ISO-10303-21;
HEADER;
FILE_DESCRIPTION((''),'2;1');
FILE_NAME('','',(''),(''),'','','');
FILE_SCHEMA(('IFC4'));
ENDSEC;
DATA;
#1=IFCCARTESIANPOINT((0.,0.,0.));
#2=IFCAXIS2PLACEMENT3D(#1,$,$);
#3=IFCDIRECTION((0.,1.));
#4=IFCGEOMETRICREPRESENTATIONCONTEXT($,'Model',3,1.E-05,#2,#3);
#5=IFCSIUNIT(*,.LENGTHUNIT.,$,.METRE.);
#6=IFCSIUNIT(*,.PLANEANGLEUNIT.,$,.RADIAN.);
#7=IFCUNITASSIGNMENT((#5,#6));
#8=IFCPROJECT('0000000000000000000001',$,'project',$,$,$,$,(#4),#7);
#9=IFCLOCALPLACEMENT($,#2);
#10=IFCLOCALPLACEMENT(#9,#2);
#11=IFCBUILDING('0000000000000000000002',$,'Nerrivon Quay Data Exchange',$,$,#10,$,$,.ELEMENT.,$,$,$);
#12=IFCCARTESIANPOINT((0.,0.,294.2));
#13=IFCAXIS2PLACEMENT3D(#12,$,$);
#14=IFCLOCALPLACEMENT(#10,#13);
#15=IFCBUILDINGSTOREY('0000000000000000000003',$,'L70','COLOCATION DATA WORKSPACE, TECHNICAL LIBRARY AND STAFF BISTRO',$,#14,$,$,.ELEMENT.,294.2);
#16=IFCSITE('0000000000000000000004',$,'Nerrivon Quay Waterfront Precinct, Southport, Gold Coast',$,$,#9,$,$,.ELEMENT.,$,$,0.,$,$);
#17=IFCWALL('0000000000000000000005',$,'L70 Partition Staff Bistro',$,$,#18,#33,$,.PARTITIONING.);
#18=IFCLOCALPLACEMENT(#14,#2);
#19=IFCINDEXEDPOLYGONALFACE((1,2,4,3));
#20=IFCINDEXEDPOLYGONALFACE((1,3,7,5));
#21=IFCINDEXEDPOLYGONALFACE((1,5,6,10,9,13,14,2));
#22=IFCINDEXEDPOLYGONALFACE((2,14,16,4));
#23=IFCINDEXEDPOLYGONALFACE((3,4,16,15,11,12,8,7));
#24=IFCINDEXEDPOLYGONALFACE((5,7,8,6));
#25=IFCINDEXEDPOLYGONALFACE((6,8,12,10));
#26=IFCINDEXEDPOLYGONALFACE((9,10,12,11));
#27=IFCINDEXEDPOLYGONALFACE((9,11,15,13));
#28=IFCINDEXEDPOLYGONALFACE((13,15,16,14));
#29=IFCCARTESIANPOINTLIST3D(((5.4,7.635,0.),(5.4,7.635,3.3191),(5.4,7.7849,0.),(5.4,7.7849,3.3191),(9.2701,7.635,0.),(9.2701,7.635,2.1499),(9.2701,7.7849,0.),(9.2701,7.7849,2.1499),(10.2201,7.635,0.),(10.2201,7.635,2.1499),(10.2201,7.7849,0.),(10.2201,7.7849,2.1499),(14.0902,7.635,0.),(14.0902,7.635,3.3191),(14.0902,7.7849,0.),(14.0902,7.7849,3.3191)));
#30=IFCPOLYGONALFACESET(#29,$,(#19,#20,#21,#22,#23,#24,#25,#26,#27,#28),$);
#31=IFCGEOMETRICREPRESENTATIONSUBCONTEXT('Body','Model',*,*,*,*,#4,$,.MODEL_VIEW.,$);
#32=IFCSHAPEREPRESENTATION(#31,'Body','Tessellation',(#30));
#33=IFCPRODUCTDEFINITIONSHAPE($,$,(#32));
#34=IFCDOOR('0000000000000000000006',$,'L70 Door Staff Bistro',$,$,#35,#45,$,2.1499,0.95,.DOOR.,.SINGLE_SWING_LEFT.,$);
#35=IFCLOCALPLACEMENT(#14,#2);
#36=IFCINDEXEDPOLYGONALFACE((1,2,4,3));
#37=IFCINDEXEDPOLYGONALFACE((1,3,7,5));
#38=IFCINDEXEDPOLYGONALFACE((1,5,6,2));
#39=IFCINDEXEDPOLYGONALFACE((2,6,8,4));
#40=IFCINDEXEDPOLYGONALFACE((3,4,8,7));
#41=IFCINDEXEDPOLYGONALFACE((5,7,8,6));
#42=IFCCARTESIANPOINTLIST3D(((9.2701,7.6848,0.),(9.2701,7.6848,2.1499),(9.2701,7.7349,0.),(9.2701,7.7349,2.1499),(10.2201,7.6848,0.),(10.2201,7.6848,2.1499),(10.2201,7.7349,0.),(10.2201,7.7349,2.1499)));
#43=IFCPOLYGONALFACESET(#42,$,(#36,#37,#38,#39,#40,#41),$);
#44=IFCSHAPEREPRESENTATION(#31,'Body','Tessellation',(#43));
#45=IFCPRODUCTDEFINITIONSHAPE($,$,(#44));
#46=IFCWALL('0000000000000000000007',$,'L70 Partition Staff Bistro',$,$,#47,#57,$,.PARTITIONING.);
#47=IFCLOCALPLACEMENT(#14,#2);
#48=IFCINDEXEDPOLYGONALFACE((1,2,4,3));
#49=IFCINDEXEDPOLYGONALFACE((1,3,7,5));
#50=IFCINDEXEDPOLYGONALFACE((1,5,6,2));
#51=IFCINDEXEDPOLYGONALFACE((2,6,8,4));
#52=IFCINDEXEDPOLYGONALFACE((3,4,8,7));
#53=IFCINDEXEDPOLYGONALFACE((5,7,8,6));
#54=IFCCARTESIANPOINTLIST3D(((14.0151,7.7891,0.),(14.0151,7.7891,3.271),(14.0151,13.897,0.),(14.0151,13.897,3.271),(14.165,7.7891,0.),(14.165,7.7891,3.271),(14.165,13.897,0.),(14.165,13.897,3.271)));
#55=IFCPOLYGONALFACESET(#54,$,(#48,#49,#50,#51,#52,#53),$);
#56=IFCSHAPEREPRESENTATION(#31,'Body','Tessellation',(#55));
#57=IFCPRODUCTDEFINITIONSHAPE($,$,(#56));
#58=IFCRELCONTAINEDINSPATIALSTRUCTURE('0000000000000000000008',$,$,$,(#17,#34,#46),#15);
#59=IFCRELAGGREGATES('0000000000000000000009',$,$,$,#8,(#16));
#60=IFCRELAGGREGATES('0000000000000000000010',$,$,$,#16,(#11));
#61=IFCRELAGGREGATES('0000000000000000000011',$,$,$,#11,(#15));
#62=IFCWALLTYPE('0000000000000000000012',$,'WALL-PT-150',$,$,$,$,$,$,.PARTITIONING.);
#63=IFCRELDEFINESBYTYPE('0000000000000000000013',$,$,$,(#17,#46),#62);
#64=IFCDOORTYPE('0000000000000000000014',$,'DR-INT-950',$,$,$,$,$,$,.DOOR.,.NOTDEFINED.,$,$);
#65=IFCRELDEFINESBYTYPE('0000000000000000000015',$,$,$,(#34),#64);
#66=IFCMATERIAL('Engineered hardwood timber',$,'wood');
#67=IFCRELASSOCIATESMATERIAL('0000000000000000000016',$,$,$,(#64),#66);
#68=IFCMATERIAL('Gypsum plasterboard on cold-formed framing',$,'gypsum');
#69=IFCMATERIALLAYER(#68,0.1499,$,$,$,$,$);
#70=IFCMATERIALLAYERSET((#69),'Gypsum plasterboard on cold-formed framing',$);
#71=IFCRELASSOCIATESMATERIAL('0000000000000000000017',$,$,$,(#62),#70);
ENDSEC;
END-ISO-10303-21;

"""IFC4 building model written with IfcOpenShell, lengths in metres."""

from ifc_helpers import new_model, si_unit, direction, frame, frame_2d, origin, place, context, subcontext, project, spatial, rectangle, extrude, material, layer, layer_set, type_object, element, fill, save


model = new_model("IFC4")

# Units and contexts
model_context = context("Model", 3, precision=1e-05, world=origin(), true_north=direction((0.0, 1.0)))
body_context = subcontext(model_context, "Body", "Model", "MODEL_VIEW")
ifc_project = project(units=[si_unit("LENGTHUNIT", "METRE"), si_unit("PLANEANGLEUNIT", "RADIAN")], contexts=[model_context])

# Site, building, storey
site_placement = place(None, origin())
site = spatial("IfcSite", under=ifc_project, at=site_placement, Name="Nerrivon Quay Waterfront Precinct, Southport, Gold Coast", CompositionType="ELEMENT", RefElevation=0.0)
building_placement = place(site_placement, origin())
building = spatial("IfcBuilding", under=site, at=building_placement, Name="Nerrivon Quay Data Exchange", CompositionType="ELEMENT")
storey_placement = place(building_placement, frame((0.0, 0.0, 294.2)))
storey = spatial("IfcBuildingStorey", under=building, at=storey_placement, Name="L70", Description="COLOCATION DATA WORKSPACE, TECHNICAL LIBRARY AND STAFF BISTRO", CompositionType="ELEMENT", Elevation=294.2)

# Shared definitions
ifc_material_1 = material(Name="Gypsum plasterboard on cold-formed framing", Category="gypsum")
ifc_material_2 = material(Name="Engineered hardwood timber", Category="wood")
door_type_1 = type_object("IfcDoorType", Name="DR-INT-950", OperationType="NOTDEFINED", PredefinedType="DOOR", material=ifc_material_2)

# Wall, opening, door
ifc_layer_1 = layer(ifc_material_1, 0.1499)
ifc_layer_set_1 = layer_set([ifc_layer_1], Name="Gypsum plasterboard on cold-formed framing")
wall_type_1 = type_object("IfcWallType", Name="WALL-PT-150", PredefinedType="PARTITIONING", material=ifc_layer_set_1)
wall_1_placement = place(storey_placement, frame((5.3999, 7.71, 0.0), z_axis=(0.0, 0.0, 1.0), x_axis=(1.0, 0.0, 0.0)))
wall_1 = element("IfcWall", 1, at=wall_1_placement, inside=storey, type_object=wall_type_1, Name="L70 Partition Staff Bistro", PredefinedType="PARTITIONING", context=body_context, shape_type="SweptSolid", body=[
    extrude(rectangle(XDim=8.6902, YDim=0.1499, at=frame_2d((4.3452, 0.0))), origin(), (0.0, 0.0, 1.0), 3.3191),
])
opening_1_placement = place(wall_1_placement, frame((3.8701, 0.0, 0.0)))
opening_1 = element("IfcOpeningElement", 2, at=opening_1_placement, cuts=wall_1, PredefinedType="OPENING", context=body_context, shape_type="SweptSolid", body=[
    extrude(rectangle(XDim=0.95, YDim=2.1499, at=frame_2d((0.4751, 1.075))), frame((0.0, 0.085, 0.0), z_axis=(0.0, -1.0, 0.0), x_axis=(1.0, 0.0, 0.0)), (0.0, 0.0, 1.0), 0.1699),
])
door_1_placement = place(opening_1_placement, origin())
door_1 = element("IfcDoor", 3, at=door_1_placement, inside=storey, type_object=door_type_1, Name="L70 Door Staff Bistro", OperationType="SINGLE_SWING_LEFT", OverallHeight=2.1499, OverallWidth=0.95, PredefinedType="DOOR", context=body_context, shape_type="SweptSolid", body=[
    extrude(rectangle(XDim=0.95, YDim=2.1499, at=frame_2d((0.4751, 1.075))), frame((0.0, 0.0249, 0.0), z_axis=(0.0, -1.0, 0.0), x_axis=(1.0, 0.0, 0.0)), (0.0, 0.0, 1.0), 0.05),
])
fill(opening_1, door_1)

# Wall
wall_2_placement = place(storey_placement, frame((14.0901, 7.7891, 0.0), z_axis=(0.0, 0.0, 1.0), x_axis=(0.0, 1.0, 0.0)))
element("IfcWall", 4, at=wall_2_placement, inside=storey, type_object=wall_type_1, Name="L70 Partition Staff Bistro", PredefinedType="PARTITIONING", context=body_context, shape_type="SweptSolid", body=[
    extrude(rectangle(XDim=6.1079, YDim=0.1499, at=frame_2d((3.054, 0.0))), origin(), (0.0, 0.0, 1.0), 3.271),
])

save(model, "model.ifc")
